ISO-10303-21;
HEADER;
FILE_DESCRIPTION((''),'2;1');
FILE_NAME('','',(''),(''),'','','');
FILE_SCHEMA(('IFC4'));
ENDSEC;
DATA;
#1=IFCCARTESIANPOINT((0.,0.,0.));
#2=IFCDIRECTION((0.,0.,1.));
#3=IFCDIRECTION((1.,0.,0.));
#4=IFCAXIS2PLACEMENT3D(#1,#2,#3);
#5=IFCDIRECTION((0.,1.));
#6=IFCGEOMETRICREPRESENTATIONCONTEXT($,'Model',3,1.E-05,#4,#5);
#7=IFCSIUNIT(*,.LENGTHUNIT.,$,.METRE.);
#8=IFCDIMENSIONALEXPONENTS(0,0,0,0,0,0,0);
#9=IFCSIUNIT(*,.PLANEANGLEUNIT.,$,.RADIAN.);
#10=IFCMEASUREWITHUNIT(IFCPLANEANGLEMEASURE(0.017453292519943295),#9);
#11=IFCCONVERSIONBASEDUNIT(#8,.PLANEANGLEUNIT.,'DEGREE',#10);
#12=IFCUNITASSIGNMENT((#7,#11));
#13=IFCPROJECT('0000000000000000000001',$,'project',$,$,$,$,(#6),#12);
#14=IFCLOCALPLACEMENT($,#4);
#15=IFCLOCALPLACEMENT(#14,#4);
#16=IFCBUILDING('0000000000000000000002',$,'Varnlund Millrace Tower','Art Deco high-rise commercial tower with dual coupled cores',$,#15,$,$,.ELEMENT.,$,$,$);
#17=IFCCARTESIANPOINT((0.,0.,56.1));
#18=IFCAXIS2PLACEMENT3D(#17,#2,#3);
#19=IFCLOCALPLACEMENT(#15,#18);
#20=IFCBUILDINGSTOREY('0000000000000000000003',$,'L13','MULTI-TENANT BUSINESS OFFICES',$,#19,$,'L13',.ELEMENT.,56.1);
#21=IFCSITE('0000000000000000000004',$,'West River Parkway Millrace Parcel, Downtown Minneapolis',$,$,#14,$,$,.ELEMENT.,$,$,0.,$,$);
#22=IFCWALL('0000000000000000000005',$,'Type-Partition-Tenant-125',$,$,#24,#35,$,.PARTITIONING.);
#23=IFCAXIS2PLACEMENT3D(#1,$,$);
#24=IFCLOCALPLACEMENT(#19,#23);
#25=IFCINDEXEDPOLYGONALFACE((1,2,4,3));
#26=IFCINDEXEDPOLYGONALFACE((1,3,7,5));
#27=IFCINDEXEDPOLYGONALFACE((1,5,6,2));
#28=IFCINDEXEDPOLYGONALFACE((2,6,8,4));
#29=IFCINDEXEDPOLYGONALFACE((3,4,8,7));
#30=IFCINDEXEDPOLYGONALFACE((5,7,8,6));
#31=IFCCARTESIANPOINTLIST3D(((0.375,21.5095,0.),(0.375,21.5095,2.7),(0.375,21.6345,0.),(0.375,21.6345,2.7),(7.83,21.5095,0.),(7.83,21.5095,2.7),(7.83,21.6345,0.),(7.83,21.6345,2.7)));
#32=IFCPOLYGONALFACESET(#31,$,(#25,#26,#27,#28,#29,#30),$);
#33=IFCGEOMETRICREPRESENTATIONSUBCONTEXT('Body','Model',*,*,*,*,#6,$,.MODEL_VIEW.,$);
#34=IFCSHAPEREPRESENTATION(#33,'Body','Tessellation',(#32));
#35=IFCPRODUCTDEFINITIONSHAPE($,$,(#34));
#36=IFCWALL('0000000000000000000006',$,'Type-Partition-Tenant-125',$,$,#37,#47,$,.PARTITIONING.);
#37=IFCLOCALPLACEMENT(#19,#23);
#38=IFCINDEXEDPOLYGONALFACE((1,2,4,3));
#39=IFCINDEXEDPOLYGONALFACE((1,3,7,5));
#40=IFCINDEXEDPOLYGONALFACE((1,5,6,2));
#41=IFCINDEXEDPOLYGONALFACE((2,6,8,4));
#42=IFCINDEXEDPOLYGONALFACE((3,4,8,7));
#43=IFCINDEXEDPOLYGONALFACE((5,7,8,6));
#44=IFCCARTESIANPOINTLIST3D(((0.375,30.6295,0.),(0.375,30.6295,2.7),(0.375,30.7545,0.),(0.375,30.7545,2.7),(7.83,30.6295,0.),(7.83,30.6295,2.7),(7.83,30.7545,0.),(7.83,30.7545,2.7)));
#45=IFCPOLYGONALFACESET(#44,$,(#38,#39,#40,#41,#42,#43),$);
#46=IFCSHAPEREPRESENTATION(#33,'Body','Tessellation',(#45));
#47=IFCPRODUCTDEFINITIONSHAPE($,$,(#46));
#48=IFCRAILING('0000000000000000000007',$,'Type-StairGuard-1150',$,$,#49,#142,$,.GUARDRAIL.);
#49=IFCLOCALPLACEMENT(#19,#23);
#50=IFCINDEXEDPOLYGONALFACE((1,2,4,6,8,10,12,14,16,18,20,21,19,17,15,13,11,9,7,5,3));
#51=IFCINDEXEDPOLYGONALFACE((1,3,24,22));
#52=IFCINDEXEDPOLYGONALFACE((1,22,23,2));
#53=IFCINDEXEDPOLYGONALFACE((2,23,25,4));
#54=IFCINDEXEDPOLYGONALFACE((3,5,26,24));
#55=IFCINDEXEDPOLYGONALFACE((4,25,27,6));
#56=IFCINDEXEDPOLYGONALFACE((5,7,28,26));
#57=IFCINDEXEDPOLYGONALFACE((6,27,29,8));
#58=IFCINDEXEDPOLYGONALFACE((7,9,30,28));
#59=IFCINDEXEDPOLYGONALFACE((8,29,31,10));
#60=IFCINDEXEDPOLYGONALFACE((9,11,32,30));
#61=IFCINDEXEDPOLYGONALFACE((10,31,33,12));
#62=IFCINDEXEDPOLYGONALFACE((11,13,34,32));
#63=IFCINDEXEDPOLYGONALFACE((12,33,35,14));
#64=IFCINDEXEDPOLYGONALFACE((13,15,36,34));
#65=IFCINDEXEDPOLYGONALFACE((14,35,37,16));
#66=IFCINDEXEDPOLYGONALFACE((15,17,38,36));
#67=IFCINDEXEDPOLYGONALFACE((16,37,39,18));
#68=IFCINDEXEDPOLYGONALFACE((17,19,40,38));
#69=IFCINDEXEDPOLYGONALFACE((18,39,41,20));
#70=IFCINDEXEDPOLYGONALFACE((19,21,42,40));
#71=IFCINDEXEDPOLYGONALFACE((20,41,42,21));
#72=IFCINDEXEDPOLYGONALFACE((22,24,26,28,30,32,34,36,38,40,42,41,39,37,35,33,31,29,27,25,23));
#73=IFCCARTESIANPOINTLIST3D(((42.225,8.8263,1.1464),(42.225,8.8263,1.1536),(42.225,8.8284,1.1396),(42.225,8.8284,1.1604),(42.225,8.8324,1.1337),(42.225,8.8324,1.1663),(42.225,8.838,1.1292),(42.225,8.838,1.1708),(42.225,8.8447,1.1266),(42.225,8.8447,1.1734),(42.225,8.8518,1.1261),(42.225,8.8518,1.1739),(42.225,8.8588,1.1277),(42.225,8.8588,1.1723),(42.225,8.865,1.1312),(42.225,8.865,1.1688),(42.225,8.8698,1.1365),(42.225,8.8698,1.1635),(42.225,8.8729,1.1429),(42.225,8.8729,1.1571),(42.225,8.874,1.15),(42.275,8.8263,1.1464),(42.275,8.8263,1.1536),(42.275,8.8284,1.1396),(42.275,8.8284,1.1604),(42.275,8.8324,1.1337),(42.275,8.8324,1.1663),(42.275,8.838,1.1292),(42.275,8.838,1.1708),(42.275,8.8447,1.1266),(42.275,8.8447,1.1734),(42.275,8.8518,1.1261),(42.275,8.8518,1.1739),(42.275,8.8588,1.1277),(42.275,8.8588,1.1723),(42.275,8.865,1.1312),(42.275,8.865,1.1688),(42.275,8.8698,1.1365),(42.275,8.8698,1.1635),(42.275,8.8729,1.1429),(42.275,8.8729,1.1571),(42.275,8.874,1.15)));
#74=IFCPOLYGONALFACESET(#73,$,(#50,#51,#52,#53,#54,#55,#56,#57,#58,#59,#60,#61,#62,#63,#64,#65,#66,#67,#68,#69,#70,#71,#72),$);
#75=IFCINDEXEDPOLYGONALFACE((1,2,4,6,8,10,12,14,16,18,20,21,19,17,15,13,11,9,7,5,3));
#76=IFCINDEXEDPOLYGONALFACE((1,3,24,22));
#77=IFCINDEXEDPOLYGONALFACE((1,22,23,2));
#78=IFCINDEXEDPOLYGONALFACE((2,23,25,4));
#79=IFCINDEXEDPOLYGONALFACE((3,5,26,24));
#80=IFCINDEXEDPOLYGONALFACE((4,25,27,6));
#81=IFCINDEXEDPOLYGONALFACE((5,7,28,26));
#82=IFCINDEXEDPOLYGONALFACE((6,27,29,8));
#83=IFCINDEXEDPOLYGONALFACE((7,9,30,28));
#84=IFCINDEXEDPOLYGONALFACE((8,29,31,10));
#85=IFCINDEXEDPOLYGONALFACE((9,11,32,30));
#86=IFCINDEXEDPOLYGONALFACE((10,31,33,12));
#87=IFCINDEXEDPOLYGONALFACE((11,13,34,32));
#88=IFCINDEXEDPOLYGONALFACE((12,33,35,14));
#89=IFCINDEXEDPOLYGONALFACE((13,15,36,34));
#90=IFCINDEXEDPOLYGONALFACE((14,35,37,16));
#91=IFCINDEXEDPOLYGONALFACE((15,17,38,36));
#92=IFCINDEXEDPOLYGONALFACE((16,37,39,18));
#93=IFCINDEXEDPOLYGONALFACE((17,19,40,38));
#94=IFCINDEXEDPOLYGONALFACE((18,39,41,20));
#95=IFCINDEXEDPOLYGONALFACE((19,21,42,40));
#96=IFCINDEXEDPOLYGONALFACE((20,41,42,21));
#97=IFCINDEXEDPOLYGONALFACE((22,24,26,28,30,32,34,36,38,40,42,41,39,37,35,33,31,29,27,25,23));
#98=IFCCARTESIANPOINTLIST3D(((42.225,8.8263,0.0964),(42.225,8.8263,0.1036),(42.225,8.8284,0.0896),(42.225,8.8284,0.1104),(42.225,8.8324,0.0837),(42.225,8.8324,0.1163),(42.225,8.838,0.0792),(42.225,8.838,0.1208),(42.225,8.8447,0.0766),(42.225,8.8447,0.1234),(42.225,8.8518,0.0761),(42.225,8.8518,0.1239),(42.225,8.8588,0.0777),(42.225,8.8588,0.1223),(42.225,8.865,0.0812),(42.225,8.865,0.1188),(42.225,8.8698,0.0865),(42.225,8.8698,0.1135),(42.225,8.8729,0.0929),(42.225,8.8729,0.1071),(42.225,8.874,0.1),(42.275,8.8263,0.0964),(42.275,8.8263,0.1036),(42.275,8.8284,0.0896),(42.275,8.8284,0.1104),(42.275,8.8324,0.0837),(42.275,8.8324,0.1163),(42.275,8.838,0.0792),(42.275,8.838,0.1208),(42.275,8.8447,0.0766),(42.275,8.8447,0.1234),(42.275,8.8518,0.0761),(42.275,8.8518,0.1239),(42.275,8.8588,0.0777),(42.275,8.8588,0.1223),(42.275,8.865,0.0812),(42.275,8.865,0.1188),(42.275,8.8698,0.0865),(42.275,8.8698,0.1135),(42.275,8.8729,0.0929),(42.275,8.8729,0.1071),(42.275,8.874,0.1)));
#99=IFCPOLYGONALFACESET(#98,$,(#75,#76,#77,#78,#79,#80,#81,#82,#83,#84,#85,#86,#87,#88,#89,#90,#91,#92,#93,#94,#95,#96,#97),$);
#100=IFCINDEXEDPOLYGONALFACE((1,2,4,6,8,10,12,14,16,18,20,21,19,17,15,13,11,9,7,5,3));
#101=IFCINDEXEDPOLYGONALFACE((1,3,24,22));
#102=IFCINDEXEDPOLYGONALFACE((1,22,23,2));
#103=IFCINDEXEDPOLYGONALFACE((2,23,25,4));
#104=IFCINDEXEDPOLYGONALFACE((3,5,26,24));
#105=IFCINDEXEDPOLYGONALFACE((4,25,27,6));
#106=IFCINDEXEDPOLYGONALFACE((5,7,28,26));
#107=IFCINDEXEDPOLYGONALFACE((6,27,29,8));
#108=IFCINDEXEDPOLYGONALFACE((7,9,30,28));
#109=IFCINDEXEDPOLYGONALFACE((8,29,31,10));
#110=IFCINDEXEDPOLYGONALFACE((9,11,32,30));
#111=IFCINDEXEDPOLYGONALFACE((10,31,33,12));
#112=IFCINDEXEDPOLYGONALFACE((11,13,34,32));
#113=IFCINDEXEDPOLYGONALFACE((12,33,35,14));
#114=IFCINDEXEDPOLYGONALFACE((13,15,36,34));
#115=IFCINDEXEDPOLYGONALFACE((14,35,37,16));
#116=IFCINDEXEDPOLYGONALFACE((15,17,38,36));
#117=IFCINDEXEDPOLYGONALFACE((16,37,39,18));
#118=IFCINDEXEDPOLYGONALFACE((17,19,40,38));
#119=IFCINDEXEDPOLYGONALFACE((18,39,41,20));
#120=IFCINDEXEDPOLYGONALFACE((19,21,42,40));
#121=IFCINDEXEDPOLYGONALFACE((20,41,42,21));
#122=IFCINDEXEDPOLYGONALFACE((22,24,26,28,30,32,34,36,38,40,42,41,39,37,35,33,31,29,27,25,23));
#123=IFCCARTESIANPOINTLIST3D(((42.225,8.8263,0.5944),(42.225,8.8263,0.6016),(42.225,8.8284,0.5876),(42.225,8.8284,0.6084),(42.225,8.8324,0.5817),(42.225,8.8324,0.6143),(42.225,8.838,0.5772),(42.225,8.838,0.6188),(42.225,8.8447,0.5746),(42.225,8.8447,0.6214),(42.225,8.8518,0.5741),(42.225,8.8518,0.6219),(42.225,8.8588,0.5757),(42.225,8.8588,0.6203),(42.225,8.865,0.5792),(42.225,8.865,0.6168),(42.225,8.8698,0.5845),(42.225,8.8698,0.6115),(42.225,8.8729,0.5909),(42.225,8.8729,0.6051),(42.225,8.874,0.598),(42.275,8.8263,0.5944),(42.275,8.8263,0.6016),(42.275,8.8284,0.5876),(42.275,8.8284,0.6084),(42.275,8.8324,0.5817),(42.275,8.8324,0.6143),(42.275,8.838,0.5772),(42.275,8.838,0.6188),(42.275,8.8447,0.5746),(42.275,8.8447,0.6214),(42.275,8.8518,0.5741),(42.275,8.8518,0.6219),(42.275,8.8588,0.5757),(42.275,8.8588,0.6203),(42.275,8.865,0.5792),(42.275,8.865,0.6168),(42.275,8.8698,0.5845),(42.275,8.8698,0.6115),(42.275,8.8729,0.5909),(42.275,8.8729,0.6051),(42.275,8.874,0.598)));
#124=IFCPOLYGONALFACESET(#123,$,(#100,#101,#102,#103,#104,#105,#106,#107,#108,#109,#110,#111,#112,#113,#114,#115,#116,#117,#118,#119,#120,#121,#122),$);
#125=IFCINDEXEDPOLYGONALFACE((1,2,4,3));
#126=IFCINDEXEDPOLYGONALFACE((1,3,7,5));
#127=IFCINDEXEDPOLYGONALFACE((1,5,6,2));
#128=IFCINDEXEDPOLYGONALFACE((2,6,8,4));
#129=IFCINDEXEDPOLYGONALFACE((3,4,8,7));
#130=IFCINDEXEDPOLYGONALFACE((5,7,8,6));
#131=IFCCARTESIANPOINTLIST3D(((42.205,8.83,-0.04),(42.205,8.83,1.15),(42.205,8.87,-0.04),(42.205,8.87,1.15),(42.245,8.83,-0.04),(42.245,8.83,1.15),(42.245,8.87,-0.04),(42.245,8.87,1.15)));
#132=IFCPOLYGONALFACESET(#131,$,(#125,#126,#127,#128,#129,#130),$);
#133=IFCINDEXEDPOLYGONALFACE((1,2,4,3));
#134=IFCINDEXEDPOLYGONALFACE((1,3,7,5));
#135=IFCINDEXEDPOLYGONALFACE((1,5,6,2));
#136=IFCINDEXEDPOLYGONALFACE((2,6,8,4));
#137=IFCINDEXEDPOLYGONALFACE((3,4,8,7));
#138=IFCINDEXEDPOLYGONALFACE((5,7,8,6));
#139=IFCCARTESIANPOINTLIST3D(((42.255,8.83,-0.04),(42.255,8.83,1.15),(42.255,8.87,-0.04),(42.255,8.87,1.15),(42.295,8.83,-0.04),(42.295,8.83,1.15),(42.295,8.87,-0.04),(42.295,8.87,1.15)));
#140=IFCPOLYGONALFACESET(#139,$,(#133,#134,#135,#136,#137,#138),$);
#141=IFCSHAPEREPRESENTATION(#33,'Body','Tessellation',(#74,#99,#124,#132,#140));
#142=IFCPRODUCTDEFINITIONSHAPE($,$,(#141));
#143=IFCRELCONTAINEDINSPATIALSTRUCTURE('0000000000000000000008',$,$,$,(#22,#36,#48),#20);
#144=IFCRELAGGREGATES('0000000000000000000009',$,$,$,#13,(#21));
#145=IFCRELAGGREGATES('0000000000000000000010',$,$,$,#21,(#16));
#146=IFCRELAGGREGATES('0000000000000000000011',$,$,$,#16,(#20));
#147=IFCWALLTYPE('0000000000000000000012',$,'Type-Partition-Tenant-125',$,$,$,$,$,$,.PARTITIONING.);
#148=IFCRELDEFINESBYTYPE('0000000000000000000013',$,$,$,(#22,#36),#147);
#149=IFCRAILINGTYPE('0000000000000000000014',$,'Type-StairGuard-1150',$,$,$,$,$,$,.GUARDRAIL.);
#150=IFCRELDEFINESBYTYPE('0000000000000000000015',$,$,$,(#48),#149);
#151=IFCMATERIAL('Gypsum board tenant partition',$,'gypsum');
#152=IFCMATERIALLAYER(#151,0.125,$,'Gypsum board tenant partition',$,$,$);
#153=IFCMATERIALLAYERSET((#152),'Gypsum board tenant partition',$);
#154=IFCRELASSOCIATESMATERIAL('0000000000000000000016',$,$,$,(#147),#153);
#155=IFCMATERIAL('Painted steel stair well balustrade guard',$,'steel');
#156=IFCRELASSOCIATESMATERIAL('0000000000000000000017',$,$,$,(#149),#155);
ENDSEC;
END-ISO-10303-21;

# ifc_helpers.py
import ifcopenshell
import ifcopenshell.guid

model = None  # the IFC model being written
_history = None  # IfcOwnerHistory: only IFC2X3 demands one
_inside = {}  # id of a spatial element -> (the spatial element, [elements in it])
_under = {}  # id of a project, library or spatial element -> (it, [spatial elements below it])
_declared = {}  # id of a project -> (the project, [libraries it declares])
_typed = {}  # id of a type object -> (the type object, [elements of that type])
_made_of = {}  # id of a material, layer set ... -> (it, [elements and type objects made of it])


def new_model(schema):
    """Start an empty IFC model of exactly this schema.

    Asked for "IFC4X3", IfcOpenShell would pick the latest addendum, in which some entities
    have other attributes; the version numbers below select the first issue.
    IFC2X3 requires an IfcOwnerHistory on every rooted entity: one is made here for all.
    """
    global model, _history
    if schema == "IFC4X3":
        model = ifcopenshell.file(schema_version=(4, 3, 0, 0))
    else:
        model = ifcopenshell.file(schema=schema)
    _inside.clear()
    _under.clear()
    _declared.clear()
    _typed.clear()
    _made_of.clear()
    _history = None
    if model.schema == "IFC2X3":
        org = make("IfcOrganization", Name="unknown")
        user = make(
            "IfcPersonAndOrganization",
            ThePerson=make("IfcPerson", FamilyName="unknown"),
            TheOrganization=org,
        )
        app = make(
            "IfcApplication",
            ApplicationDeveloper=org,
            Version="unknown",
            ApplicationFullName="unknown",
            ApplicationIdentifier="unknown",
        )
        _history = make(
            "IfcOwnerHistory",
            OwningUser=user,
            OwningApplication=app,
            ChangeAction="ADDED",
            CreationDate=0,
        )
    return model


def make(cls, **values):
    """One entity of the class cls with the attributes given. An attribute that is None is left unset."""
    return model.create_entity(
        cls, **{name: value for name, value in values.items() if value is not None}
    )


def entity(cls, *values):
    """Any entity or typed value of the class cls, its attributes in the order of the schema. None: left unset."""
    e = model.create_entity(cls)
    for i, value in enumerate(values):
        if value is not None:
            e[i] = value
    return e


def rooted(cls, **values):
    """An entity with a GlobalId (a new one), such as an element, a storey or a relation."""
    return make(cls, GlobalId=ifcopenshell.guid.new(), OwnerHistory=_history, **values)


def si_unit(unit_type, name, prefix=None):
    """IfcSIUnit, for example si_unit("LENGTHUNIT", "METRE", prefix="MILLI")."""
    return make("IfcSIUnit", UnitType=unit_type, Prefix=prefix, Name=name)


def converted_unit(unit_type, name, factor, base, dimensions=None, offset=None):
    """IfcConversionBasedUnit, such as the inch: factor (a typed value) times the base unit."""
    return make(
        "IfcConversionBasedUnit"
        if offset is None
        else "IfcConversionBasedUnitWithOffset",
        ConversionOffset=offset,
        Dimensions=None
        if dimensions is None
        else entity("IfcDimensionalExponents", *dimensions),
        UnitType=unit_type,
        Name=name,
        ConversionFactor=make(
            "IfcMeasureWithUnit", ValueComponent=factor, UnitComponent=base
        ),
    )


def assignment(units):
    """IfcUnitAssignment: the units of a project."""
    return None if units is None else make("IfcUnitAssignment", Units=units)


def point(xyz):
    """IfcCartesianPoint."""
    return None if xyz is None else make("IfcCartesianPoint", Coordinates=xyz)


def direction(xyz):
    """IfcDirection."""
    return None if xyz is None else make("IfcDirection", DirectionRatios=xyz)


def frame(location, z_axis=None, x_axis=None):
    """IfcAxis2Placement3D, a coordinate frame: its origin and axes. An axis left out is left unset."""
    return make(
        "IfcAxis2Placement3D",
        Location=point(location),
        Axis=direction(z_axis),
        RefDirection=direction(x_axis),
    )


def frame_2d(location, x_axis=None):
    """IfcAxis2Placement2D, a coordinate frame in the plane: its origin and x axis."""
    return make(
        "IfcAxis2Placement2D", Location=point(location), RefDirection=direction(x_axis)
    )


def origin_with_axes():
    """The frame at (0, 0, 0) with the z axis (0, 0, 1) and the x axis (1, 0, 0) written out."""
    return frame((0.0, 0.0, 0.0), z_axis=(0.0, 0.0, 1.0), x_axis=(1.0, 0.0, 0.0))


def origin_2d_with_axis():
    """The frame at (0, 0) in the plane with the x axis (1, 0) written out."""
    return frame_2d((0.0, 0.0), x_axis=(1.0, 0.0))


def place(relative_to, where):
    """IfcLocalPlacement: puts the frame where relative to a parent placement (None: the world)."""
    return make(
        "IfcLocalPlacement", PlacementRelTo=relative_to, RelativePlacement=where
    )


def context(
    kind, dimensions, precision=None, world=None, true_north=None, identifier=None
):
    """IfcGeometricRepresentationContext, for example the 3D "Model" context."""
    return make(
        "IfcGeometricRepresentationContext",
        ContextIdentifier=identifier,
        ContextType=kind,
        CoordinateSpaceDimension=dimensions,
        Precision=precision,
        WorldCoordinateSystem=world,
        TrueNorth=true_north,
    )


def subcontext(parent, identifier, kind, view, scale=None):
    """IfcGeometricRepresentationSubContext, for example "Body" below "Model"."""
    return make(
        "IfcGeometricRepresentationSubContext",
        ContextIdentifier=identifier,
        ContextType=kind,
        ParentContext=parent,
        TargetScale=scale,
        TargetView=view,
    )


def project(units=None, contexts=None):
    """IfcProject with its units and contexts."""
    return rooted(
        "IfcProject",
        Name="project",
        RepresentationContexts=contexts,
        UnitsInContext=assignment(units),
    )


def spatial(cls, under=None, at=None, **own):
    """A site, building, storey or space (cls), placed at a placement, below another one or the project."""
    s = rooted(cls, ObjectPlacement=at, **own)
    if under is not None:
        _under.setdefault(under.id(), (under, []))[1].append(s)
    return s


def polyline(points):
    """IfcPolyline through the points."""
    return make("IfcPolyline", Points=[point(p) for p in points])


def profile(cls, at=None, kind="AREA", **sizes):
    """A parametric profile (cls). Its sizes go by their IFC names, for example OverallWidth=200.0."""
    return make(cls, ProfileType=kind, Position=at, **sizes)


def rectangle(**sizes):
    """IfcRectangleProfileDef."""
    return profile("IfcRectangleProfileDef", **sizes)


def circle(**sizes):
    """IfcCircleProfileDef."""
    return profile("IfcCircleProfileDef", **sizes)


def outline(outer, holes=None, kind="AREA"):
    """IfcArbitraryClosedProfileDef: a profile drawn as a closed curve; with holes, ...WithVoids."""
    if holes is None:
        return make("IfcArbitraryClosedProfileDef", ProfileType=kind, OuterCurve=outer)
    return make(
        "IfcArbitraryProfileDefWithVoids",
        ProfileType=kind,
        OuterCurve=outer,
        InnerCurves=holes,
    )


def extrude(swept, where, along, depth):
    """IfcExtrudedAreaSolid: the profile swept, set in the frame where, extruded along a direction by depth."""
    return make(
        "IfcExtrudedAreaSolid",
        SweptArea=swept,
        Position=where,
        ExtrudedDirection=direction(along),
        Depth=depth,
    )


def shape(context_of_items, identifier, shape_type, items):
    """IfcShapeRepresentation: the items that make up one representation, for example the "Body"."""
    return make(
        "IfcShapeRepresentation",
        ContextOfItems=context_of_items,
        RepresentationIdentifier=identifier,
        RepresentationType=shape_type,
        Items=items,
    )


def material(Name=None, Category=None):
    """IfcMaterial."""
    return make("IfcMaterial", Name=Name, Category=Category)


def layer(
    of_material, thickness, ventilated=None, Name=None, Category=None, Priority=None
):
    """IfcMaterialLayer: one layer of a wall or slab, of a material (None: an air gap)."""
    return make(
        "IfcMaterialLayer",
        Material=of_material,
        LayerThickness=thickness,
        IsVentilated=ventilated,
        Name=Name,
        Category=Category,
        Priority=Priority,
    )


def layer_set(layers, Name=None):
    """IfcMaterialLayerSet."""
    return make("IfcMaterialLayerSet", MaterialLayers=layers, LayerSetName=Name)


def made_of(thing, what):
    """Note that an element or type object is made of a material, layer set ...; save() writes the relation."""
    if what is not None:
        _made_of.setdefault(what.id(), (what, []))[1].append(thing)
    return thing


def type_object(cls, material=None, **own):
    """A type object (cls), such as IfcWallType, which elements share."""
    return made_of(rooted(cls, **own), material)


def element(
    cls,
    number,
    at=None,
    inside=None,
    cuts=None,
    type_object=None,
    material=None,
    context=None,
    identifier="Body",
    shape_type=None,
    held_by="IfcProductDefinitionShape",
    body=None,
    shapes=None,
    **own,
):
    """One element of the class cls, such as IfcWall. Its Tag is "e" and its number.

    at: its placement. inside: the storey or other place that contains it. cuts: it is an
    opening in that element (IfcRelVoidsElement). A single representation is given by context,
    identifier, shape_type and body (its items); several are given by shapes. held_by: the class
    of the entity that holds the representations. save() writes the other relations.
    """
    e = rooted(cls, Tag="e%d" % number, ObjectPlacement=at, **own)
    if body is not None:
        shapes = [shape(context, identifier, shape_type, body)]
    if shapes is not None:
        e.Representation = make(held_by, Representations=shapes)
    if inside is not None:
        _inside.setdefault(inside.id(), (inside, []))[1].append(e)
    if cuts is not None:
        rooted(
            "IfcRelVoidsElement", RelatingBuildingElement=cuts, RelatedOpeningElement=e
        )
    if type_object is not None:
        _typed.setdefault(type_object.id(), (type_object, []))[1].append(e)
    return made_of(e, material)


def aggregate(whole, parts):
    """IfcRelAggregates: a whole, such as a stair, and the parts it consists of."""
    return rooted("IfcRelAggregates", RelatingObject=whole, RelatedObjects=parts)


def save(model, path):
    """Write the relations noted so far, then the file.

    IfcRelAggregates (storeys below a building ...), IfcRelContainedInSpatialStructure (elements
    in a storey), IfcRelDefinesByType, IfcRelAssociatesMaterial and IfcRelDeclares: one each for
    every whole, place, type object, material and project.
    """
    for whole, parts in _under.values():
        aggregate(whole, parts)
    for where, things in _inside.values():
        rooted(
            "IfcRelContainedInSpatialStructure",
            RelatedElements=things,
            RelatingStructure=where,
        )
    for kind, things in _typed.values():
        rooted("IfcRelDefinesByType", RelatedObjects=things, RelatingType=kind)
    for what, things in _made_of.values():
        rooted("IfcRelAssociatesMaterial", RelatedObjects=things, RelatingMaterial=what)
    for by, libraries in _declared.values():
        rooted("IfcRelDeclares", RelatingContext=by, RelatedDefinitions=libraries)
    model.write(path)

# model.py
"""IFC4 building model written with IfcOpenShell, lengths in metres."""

from ifc_helpers import new_model, entity, si_unit, converted_unit, direction, frame, origin_with_axes, origin_2d_with_axis, place, context, subcontext, project, spatial, polyline, rectangle, circle, outline, extrude, material, layer, layer_set, type_object, element, save


model = new_model("IFC4")

# Units and contexts
model_context = context("Model", 3, precision=1e-05, world=origin_with_axes(), true_north=direction((0.0, 1.0)))
body_context = subcontext(model_context, "Body", "Model", "MODEL_VIEW")
ifc_project = project(units=[si_unit("LENGTHUNIT", "METRE"), converted_unit("PLANEANGLEUNIT", "DEGREE", entity("IfcPlaneAngleMeasure", 0.017453292519943295), si_unit("PLANEANGLEUNIT", "RADIAN"), dimensions=[0, 0, 0, 0, 0, 0, 0])], contexts=[model_context])

# Site, building, storey
site_placement = place(None, origin_with_axes())
site = spatial("IfcSite", under=ifc_project, at=site_placement, Name="West River Parkway Millrace Parcel, Downtown Minneapolis", CompositionType="ELEMENT", RefElevation=0.0)
building_placement = place(site_placement, origin_with_axes())
building = spatial("IfcBuilding", under=site, at=building_placement, Name="Varnlund Millrace Tower", Description="Art Deco high-rise commercial tower with dual coupled cores", CompositionType="ELEMENT")
storey_placement = place(building_placement, frame((0.0, 0.0, 56.1), z_axis=(0.0, 0.0, 1.0), x_axis=(1.0, 0.0, 0.0)))
storey = spatial("IfcBuildingStorey", under=building, at=storey_placement, Name="L13", Description="MULTI-TENANT BUSINESS OFFICES", LongName="L13", CompositionType="ELEMENT", Elevation=56.1)

# Walls
ifc_material_1 = material(Name="Gypsum board tenant partition", Category="gypsum")
ifc_layer_1 = layer(ifc_material_1, 0.125, Name="Gypsum board tenant partition")
ifc_layer_set_1 = layer_set([ifc_layer_1], Name="Gypsum board tenant partition")
wall_type_1 = type_object("IfcWallType", Name="Type-Partition-Tenant-125", PredefinedType="PARTITIONING", material=ifc_layer_set_1)
for number, where, z_axis, x_axis, name in (
    (1, (0.375, 21.572, 0.0), (0.0, 0.0, 1.0), (1.0, 0.0, 0.0), "Type-Partition-Tenant-125"),
    (2, (0.375, 30.692, 0.0), (0.0, 0.0, 1.0), (1.0, 0.0, 0.0), "Type-Partition-Tenant-125"),
):
    element("IfcWall", number, at=place(storey_placement, frame(where, z_axis=z_axis, x_axis=x_axis)), inside=storey, type_object=wall_type_1, Name=name, PredefinedType="PARTITIONING", context=body_context, shape_type="SweptSolid", body=[
        extrude(outline(polyline([(0.0, -0.0625), (7.455, -0.0625), (7.455, 0.0625), (0.0, 0.0625), (0.0, -0.0625)])), origin_with_axes(), (0.0, 0.0, 1.0), 2.7),
    ])

# Railing
ifc_material_2 = material(Name="Painted steel stair well balustrade guard", Category="steel")
railing_type_1 = type_object("IfcRailingType", Name="Type-StairGuard-1150", PredefinedType="GUARDRAIL", material=ifc_material_2)
railing_1_placement = place(storey_placement, frame((0.0, 0.0, -56.1), z_axis=(0.0, 0.0, 1.0), x_axis=(1.0, 0.0, 0.0)))
element("IfcRailing", 3, at=railing_1_placement, inside=storey, type_object=railing_type_1, Name="Type-StairGuard-1150", PredefinedType="GUARDRAIL", context=body_context, shape_type="SweptSolid", body=[
    extrude(circle(Radius=0.024, at=origin_2d_with_axis()), frame((42.225, 8.85, 57.25), z_axis=(1.0, 0.0, 0.0), x_axis=(0.0, 1.0, 0.0)), (0.0, 0.0, 1.0), 0.05),
    extrude(circle(Radius=0.024, at=origin_2d_with_axis()), frame((42.225, 8.85, 56.2), z_axis=(1.0, 0.0, 0.0), x_axis=(0.0, 1.0, 0.0)), (0.0, 0.0, 1.0), 0.05),
    extrude(circle(Radius=0.024, at=origin_2d_with_axis()), frame((42.225, 8.85, 56.698), z_axis=(1.0, 0.0, 0.0), x_axis=(0.0, 1.0, 0.0)), (0.0, 0.0, 1.0), 0.05),
    extrude(rectangle(XDim=0.04, YDim=0.04, at=origin_2d_with_axis()), frame((42.225, 8.85, 56.06), z_axis=(0.0, 0.0, 1.0), x_axis=(1.0, 0.0, 0.0)), (0.0, 0.0, 1.0), 1.19),
    extrude(rectangle(XDim=0.04, YDim=0.04, at=origin_2d_with_axis()), frame((42.275, 8.85, 56.06), z_axis=(0.0, 0.0, 1.0), x_axis=(1.0, 0.0, 0.0)), (0.0, 0.0, 1.0), 1.19),
])

save(model, "model.ifc")
